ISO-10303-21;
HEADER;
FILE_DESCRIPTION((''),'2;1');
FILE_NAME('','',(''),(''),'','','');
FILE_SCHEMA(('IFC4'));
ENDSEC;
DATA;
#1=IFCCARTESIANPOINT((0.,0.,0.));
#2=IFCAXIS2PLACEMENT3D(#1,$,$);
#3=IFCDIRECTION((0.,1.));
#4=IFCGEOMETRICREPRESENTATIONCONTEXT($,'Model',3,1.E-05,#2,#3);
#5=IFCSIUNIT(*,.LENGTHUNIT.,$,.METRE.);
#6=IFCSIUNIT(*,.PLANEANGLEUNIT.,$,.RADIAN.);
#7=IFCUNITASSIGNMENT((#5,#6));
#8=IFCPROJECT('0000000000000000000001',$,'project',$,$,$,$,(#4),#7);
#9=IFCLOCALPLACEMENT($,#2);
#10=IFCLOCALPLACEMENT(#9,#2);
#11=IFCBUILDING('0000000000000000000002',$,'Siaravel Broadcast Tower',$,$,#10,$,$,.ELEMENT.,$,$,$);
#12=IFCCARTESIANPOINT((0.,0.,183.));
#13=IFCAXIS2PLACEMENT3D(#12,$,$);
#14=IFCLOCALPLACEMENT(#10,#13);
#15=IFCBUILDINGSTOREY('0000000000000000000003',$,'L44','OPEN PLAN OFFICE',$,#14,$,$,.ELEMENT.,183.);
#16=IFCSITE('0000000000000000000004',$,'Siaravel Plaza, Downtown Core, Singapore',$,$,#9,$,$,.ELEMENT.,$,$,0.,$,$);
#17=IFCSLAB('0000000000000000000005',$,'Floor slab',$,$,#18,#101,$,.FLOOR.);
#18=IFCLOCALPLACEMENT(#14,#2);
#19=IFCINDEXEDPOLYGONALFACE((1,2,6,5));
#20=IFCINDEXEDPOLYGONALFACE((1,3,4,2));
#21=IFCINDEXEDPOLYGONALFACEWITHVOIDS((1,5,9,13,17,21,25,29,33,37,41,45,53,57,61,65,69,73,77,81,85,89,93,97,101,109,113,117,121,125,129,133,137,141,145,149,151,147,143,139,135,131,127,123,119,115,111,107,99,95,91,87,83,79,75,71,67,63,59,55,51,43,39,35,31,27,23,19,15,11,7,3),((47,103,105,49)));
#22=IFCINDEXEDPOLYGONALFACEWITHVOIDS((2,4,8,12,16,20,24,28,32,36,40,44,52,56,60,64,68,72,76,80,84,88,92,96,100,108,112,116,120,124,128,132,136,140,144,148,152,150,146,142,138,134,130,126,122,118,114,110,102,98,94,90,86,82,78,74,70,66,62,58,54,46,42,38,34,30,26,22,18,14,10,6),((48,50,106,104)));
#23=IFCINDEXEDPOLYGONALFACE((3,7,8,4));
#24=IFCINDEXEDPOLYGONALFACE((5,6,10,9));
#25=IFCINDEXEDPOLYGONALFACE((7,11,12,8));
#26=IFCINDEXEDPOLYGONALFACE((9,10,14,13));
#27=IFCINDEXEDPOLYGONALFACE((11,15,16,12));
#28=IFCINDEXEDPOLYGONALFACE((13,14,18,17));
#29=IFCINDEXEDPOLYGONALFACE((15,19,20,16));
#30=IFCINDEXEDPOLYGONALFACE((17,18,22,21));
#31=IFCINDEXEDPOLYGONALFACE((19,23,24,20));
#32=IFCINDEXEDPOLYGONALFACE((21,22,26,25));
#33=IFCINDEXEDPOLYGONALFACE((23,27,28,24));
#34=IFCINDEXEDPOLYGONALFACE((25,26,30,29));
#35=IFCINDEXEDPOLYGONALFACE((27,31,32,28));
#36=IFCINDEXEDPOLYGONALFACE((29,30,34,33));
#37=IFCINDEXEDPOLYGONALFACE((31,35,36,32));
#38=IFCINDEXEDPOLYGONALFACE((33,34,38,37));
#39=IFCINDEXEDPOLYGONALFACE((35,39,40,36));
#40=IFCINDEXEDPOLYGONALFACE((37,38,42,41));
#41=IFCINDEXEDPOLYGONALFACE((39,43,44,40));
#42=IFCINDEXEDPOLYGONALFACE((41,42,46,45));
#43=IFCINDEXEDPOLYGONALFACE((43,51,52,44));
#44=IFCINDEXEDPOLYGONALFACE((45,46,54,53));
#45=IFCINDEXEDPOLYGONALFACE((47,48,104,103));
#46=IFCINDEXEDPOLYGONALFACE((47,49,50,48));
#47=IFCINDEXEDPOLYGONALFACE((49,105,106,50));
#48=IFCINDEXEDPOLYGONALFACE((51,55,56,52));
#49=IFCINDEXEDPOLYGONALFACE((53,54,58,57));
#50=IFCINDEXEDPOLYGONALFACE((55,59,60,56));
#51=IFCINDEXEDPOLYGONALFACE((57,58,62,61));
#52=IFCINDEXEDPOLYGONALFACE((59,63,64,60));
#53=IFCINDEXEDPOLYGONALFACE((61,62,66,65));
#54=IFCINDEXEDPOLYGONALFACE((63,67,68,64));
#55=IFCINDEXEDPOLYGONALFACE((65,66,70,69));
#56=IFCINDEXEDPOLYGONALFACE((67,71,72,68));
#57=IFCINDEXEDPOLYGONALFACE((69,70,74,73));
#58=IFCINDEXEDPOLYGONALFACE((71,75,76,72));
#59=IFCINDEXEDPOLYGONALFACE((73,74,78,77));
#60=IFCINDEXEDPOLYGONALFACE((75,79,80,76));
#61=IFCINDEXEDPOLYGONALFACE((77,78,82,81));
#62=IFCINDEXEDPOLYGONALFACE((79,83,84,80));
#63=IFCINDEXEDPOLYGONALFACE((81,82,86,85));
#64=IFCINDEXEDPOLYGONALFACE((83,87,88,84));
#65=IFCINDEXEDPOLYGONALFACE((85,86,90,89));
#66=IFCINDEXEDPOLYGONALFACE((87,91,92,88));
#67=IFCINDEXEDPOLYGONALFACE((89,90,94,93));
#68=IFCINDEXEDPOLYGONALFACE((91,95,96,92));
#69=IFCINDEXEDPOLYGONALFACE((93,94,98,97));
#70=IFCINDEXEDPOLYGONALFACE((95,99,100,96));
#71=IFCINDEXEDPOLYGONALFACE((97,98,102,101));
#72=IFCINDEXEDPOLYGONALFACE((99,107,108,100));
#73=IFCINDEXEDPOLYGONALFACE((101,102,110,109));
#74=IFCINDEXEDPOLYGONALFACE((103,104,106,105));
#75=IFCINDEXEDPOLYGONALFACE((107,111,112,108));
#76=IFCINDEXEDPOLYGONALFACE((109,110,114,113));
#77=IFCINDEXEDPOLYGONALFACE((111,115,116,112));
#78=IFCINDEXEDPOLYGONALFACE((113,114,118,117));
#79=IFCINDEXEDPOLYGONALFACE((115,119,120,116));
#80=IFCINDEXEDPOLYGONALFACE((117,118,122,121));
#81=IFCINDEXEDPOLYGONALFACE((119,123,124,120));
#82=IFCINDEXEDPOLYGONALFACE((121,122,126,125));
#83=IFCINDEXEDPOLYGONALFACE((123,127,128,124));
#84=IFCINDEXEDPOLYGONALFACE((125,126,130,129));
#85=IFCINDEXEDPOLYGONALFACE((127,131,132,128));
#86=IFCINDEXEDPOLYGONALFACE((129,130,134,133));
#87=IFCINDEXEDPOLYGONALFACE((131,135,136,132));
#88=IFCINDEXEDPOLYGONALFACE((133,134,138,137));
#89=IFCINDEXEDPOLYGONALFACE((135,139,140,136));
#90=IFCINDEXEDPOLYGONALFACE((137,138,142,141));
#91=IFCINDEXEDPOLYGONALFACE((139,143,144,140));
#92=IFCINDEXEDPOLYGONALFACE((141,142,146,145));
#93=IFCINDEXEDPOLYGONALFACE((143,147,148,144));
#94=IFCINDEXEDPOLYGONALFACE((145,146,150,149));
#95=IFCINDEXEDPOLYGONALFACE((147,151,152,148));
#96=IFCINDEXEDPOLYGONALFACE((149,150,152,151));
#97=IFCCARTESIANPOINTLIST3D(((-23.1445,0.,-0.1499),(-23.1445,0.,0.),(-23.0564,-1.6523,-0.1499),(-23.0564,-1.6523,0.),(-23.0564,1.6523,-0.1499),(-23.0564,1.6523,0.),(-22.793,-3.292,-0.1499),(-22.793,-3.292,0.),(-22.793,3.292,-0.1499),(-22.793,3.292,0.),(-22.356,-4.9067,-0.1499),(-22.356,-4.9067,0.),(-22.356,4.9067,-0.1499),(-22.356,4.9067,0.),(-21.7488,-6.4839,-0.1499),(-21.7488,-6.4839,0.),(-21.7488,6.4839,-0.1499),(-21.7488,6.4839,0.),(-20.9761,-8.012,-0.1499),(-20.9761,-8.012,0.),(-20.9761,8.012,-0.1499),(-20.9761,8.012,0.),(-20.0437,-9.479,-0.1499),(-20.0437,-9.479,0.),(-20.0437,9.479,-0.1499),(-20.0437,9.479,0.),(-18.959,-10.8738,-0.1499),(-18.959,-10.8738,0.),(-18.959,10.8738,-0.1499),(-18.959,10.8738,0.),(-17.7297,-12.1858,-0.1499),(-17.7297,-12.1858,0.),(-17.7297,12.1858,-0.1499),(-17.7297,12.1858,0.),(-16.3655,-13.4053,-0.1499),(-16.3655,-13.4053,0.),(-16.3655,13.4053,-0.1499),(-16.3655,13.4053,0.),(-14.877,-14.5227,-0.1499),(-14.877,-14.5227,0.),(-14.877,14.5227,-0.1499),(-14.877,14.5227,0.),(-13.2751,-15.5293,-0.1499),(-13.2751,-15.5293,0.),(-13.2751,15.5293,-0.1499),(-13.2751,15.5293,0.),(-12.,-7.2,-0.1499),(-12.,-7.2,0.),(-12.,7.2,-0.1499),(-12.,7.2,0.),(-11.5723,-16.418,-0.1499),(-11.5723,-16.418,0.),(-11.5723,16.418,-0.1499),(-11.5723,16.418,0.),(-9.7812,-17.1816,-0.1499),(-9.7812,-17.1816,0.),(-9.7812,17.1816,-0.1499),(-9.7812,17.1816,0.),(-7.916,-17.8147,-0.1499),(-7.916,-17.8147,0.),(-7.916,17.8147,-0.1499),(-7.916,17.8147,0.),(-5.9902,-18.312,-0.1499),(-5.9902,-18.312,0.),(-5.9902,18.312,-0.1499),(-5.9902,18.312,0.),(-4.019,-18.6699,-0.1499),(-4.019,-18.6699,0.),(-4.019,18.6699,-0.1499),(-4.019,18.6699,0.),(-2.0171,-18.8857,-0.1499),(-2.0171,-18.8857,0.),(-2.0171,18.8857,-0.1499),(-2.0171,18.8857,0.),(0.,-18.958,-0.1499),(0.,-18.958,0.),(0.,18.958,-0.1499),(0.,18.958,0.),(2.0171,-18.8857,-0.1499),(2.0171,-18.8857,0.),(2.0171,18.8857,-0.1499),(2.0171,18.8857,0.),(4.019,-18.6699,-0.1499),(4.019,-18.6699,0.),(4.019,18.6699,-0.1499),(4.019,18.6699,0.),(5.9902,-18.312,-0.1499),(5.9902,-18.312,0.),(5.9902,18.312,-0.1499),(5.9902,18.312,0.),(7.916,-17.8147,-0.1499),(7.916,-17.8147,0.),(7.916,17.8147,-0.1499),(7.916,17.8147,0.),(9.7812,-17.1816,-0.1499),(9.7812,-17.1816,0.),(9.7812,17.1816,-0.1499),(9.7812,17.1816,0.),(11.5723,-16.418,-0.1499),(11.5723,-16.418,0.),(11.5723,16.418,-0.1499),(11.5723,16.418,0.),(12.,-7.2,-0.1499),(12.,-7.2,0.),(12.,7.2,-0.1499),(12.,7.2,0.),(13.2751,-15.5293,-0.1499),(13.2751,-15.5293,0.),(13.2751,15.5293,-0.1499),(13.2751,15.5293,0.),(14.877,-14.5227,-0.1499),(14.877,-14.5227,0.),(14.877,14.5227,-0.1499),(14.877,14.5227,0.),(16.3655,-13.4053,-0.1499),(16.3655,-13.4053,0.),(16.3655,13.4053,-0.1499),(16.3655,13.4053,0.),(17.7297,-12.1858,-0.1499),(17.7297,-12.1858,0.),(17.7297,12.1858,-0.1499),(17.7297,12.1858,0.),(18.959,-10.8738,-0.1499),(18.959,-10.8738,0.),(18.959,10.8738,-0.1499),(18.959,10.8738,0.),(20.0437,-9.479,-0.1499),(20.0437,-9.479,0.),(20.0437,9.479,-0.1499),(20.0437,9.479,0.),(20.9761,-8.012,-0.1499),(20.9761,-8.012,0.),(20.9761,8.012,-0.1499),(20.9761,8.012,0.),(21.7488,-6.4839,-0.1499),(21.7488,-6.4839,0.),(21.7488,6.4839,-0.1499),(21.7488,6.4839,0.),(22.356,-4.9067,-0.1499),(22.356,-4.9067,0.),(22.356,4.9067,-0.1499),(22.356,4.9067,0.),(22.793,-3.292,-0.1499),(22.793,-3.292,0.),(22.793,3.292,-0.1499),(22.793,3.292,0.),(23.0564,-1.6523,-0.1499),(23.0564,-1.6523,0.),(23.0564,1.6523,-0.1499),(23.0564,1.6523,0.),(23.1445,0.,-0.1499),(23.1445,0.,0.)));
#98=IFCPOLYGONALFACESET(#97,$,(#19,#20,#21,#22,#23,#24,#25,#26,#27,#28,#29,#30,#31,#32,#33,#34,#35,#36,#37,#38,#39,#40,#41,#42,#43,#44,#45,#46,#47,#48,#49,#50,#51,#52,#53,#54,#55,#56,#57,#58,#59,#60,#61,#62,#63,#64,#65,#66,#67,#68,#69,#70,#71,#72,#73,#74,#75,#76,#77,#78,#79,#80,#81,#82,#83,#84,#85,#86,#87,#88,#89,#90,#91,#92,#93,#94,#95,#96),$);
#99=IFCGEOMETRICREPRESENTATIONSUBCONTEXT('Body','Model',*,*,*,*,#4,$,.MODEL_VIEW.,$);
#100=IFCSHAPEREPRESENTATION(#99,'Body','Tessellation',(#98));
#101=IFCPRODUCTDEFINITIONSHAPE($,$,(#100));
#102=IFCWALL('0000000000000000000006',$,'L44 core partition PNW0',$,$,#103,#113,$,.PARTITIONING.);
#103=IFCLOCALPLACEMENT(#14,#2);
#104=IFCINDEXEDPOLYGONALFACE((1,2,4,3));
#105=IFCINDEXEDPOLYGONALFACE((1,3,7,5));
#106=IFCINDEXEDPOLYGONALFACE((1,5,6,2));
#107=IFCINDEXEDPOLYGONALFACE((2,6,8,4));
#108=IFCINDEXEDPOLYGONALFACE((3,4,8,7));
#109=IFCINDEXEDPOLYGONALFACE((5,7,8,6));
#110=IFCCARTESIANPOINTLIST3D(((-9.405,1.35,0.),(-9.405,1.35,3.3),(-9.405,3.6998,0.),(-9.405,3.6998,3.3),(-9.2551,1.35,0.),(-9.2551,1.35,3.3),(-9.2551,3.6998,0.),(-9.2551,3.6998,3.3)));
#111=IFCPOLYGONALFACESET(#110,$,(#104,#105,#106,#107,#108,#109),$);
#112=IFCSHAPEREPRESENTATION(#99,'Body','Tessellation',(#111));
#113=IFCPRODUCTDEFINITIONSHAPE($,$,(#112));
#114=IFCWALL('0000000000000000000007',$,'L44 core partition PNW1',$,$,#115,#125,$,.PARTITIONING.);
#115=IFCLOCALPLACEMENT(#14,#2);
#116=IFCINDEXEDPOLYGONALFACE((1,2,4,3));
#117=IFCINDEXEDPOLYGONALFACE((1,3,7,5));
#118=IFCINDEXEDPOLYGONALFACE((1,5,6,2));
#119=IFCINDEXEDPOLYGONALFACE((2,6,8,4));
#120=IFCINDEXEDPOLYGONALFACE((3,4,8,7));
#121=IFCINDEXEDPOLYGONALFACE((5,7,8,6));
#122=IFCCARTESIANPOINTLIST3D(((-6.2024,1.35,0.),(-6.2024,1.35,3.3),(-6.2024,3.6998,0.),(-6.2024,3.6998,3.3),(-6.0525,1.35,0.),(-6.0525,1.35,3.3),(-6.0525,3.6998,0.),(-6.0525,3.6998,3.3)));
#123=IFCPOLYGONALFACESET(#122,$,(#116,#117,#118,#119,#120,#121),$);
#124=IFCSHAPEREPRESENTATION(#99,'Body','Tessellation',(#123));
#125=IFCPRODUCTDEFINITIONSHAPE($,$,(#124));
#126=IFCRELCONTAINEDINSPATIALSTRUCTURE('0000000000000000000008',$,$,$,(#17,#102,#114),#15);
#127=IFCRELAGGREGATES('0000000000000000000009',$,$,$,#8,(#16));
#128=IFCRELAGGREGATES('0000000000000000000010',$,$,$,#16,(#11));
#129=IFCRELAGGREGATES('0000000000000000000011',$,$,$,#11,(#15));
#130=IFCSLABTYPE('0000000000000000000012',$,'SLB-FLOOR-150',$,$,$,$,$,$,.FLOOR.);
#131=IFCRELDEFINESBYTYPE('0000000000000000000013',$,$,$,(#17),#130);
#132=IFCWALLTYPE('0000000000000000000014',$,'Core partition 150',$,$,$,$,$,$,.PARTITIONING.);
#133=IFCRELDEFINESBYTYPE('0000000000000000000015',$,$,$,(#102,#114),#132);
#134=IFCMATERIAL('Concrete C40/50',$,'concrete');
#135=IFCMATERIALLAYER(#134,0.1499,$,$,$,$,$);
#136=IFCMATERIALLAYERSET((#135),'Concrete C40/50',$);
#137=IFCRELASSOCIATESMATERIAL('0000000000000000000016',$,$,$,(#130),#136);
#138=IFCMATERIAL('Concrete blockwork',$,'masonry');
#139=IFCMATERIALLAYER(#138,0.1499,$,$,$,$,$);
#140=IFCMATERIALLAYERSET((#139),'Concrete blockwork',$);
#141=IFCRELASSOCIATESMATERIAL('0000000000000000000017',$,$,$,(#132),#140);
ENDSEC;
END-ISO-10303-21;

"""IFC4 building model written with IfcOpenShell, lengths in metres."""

from ifc_helpers import new_model, si_unit, direction, frame, frame_2d, origin, place, context, subcontext, project, spatial, polyline, rectangle, outline, extrude, material, layer, layer_set, type_object, element, save


model = new_model("IFC4")

# Units and contexts
model_context = context("Model", 3, precision=1e-05, world=origin(), true_north=direction((0.0, 1.0)))
body_context = subcontext(model_context, "Body", "Model", "MODEL_VIEW")
ifc_project = project(units=[si_unit("LENGTHUNIT", "METRE"), si_unit("PLANEANGLEUNIT", "RADIAN")], contexts=[model_context])

# Site, building, storey
site_placement = place(None, origin())
site = spatial("IfcSite", under=ifc_project, at=site_placement, Name="Siaravel Plaza, Downtown Core, Singapore", CompositionType="ELEMENT", RefElevation=0.0)
building_placement = place(site_placement, origin())
building = spatial("IfcBuilding", under=site, at=building_placement, Name="Siaravel Broadcast Tower", CompositionType="ELEMENT")
storey_placement = place(building_placement, frame((0.0, 0.0, 183.0)))
storey = spatial("IfcBuildingStorey", under=building, at=storey_placement, Name="L44", Description="OPEN PLAN OFFICE", CompositionType="ELEMENT", Elevation=183.0)

# Slab
ifc_material_1 = material(Name="Concrete C40/50", Category="concrete")
ifc_layer_1 = layer(ifc_material_1, 0.1499)
ifc_layer_set_1 = layer_set([ifc_layer_1], Name="Concrete C40/50")
slab_type = type_object("IfcSlabType", Name="SLB-FLOOR-150", PredefinedType="FLOOR", material=ifc_layer_set_1)
slab_placement = place(storey_placement, frame((0.0, 0.0, -0.1499)))
element("IfcSlab", 1, at=slab_placement, inside=storey, type_object=slab_type, Name="Floor slab", PredefinedType="FLOOR", context=body_context, shape_type="SweptSolid", body=[
    extrude(outline(polyline([(23.1445, 0.0), (23.0564, 1.6523), (22.793, 3.292), (22.356, 4.9067), (21.7488, 6.4839), (20.9761, 8.012), (20.0437, 9.479), (18.959, 10.8738), (17.7297, 12.1858), (16.3655, 13.4053), (14.877, 14.5227), (13.2751, 15.5293), (11.5723, 16.418), (9.7812, 17.1816), (7.916, 17.8147), (5.9902, 18.312), (4.019, 18.6699), (2.0171, 18.8857), (0.0, 18.958), (-2.0171, 18.8857), (-4.019, 18.6699), (-5.9902, 18.312), (-7.916, 17.8147), (-9.7812, 17.1816), (-11.5723, 16.418), (-13.2751, 15.5293), (-14.877, 14.5227), (-16.3655, 13.4053), (-17.7297, 12.1858), (-18.959, 10.8738), (-20.0437, 9.479), (-20.9761, 8.012), (-21.7488, 6.4839), (-22.356, 4.9067), (-22.793, 3.292), (-23.0564, 1.6523), (-23.1445, 0.0), (-23.0564, -1.6523), (-22.793, -3.292), (-22.356, -4.9067), (-21.7488, -6.4839), (-20.9761, -8.012), (-20.0437, -9.479), (-18.959, -10.8738), (-17.7297, -12.1858), (-16.3655, -13.4053), (-14.877, -14.5227), (-13.2751, -15.5293), (-11.5723, -16.418), (-9.7812, -17.1816), (-7.916, -17.8147), (-5.9902, -18.312), (-4.019, -18.6699), (-2.0171, -18.8857), (0.0, -18.958), (2.0171, -18.8857), (4.019, -18.6699), (5.9902, -18.312), (7.916, -17.8147), (9.7812, -17.1816), (11.5723, -16.418), (13.2751, -15.5293), (14.877, -14.5227), (16.3655, -13.4053), (17.7297, -12.1858), (18.959, -10.8738), (20.0437, -9.479), (20.9761, -8.012), (21.7488, -6.4839), (22.356, -4.9067), (22.793, -3.292), (23.0564, -1.6523), (23.1445, 0.0)]), holes=[polyline([(-12.0, 7.2), (12.0, 7.2), (12.0, -7.2), (-12.0, -7.2), (-12.0, 7.2)])]), origin(), (0.0, 0.0, 1.0), 0.1499),
])

# Walls
ifc_material_2 = material(Name="Concrete blockwork", Category="masonry")
ifc_layer_2 = layer(ifc_material_2, 0.1499)
ifc_layer_set_2 = layer_set([ifc_layer_2], Name="Concrete blockwork")
wall_type_1 = type_object("IfcWallType", Name="Core partition 150", PredefinedType="PARTITIONING", material=ifc_layer_set_2)
for number, where, z_axis, x_axis, name in (
    (2, (-9.3301, 1.3501, 0.0), (0.0, 0.0, 1.0), (0.0, 1.0, 0.0), "L44 core partition PNW0"),
    (3, (-6.1274, 1.3501, 0.0), (0.0, 0.0, 1.0), (0.0, 1.0, 0.0), "L44 core partition PNW1"),
):
    element("IfcWall", number, at=place(storey_placement, frame(where, z_axis=z_axis, x_axis=x_axis)), inside=storey, type_object=wall_type_1, Name=name, PredefinedType="PARTITIONING", context=body_context, shape_type="SweptSolid", body=[
        extrude(rectangle(XDim=2.3499, YDim=0.1499, at=frame_2d((1.1748, 0.0))), origin(), (0.0, 0.0, 1.0), 3.3),
    ])

save(model, "model.ifc")
